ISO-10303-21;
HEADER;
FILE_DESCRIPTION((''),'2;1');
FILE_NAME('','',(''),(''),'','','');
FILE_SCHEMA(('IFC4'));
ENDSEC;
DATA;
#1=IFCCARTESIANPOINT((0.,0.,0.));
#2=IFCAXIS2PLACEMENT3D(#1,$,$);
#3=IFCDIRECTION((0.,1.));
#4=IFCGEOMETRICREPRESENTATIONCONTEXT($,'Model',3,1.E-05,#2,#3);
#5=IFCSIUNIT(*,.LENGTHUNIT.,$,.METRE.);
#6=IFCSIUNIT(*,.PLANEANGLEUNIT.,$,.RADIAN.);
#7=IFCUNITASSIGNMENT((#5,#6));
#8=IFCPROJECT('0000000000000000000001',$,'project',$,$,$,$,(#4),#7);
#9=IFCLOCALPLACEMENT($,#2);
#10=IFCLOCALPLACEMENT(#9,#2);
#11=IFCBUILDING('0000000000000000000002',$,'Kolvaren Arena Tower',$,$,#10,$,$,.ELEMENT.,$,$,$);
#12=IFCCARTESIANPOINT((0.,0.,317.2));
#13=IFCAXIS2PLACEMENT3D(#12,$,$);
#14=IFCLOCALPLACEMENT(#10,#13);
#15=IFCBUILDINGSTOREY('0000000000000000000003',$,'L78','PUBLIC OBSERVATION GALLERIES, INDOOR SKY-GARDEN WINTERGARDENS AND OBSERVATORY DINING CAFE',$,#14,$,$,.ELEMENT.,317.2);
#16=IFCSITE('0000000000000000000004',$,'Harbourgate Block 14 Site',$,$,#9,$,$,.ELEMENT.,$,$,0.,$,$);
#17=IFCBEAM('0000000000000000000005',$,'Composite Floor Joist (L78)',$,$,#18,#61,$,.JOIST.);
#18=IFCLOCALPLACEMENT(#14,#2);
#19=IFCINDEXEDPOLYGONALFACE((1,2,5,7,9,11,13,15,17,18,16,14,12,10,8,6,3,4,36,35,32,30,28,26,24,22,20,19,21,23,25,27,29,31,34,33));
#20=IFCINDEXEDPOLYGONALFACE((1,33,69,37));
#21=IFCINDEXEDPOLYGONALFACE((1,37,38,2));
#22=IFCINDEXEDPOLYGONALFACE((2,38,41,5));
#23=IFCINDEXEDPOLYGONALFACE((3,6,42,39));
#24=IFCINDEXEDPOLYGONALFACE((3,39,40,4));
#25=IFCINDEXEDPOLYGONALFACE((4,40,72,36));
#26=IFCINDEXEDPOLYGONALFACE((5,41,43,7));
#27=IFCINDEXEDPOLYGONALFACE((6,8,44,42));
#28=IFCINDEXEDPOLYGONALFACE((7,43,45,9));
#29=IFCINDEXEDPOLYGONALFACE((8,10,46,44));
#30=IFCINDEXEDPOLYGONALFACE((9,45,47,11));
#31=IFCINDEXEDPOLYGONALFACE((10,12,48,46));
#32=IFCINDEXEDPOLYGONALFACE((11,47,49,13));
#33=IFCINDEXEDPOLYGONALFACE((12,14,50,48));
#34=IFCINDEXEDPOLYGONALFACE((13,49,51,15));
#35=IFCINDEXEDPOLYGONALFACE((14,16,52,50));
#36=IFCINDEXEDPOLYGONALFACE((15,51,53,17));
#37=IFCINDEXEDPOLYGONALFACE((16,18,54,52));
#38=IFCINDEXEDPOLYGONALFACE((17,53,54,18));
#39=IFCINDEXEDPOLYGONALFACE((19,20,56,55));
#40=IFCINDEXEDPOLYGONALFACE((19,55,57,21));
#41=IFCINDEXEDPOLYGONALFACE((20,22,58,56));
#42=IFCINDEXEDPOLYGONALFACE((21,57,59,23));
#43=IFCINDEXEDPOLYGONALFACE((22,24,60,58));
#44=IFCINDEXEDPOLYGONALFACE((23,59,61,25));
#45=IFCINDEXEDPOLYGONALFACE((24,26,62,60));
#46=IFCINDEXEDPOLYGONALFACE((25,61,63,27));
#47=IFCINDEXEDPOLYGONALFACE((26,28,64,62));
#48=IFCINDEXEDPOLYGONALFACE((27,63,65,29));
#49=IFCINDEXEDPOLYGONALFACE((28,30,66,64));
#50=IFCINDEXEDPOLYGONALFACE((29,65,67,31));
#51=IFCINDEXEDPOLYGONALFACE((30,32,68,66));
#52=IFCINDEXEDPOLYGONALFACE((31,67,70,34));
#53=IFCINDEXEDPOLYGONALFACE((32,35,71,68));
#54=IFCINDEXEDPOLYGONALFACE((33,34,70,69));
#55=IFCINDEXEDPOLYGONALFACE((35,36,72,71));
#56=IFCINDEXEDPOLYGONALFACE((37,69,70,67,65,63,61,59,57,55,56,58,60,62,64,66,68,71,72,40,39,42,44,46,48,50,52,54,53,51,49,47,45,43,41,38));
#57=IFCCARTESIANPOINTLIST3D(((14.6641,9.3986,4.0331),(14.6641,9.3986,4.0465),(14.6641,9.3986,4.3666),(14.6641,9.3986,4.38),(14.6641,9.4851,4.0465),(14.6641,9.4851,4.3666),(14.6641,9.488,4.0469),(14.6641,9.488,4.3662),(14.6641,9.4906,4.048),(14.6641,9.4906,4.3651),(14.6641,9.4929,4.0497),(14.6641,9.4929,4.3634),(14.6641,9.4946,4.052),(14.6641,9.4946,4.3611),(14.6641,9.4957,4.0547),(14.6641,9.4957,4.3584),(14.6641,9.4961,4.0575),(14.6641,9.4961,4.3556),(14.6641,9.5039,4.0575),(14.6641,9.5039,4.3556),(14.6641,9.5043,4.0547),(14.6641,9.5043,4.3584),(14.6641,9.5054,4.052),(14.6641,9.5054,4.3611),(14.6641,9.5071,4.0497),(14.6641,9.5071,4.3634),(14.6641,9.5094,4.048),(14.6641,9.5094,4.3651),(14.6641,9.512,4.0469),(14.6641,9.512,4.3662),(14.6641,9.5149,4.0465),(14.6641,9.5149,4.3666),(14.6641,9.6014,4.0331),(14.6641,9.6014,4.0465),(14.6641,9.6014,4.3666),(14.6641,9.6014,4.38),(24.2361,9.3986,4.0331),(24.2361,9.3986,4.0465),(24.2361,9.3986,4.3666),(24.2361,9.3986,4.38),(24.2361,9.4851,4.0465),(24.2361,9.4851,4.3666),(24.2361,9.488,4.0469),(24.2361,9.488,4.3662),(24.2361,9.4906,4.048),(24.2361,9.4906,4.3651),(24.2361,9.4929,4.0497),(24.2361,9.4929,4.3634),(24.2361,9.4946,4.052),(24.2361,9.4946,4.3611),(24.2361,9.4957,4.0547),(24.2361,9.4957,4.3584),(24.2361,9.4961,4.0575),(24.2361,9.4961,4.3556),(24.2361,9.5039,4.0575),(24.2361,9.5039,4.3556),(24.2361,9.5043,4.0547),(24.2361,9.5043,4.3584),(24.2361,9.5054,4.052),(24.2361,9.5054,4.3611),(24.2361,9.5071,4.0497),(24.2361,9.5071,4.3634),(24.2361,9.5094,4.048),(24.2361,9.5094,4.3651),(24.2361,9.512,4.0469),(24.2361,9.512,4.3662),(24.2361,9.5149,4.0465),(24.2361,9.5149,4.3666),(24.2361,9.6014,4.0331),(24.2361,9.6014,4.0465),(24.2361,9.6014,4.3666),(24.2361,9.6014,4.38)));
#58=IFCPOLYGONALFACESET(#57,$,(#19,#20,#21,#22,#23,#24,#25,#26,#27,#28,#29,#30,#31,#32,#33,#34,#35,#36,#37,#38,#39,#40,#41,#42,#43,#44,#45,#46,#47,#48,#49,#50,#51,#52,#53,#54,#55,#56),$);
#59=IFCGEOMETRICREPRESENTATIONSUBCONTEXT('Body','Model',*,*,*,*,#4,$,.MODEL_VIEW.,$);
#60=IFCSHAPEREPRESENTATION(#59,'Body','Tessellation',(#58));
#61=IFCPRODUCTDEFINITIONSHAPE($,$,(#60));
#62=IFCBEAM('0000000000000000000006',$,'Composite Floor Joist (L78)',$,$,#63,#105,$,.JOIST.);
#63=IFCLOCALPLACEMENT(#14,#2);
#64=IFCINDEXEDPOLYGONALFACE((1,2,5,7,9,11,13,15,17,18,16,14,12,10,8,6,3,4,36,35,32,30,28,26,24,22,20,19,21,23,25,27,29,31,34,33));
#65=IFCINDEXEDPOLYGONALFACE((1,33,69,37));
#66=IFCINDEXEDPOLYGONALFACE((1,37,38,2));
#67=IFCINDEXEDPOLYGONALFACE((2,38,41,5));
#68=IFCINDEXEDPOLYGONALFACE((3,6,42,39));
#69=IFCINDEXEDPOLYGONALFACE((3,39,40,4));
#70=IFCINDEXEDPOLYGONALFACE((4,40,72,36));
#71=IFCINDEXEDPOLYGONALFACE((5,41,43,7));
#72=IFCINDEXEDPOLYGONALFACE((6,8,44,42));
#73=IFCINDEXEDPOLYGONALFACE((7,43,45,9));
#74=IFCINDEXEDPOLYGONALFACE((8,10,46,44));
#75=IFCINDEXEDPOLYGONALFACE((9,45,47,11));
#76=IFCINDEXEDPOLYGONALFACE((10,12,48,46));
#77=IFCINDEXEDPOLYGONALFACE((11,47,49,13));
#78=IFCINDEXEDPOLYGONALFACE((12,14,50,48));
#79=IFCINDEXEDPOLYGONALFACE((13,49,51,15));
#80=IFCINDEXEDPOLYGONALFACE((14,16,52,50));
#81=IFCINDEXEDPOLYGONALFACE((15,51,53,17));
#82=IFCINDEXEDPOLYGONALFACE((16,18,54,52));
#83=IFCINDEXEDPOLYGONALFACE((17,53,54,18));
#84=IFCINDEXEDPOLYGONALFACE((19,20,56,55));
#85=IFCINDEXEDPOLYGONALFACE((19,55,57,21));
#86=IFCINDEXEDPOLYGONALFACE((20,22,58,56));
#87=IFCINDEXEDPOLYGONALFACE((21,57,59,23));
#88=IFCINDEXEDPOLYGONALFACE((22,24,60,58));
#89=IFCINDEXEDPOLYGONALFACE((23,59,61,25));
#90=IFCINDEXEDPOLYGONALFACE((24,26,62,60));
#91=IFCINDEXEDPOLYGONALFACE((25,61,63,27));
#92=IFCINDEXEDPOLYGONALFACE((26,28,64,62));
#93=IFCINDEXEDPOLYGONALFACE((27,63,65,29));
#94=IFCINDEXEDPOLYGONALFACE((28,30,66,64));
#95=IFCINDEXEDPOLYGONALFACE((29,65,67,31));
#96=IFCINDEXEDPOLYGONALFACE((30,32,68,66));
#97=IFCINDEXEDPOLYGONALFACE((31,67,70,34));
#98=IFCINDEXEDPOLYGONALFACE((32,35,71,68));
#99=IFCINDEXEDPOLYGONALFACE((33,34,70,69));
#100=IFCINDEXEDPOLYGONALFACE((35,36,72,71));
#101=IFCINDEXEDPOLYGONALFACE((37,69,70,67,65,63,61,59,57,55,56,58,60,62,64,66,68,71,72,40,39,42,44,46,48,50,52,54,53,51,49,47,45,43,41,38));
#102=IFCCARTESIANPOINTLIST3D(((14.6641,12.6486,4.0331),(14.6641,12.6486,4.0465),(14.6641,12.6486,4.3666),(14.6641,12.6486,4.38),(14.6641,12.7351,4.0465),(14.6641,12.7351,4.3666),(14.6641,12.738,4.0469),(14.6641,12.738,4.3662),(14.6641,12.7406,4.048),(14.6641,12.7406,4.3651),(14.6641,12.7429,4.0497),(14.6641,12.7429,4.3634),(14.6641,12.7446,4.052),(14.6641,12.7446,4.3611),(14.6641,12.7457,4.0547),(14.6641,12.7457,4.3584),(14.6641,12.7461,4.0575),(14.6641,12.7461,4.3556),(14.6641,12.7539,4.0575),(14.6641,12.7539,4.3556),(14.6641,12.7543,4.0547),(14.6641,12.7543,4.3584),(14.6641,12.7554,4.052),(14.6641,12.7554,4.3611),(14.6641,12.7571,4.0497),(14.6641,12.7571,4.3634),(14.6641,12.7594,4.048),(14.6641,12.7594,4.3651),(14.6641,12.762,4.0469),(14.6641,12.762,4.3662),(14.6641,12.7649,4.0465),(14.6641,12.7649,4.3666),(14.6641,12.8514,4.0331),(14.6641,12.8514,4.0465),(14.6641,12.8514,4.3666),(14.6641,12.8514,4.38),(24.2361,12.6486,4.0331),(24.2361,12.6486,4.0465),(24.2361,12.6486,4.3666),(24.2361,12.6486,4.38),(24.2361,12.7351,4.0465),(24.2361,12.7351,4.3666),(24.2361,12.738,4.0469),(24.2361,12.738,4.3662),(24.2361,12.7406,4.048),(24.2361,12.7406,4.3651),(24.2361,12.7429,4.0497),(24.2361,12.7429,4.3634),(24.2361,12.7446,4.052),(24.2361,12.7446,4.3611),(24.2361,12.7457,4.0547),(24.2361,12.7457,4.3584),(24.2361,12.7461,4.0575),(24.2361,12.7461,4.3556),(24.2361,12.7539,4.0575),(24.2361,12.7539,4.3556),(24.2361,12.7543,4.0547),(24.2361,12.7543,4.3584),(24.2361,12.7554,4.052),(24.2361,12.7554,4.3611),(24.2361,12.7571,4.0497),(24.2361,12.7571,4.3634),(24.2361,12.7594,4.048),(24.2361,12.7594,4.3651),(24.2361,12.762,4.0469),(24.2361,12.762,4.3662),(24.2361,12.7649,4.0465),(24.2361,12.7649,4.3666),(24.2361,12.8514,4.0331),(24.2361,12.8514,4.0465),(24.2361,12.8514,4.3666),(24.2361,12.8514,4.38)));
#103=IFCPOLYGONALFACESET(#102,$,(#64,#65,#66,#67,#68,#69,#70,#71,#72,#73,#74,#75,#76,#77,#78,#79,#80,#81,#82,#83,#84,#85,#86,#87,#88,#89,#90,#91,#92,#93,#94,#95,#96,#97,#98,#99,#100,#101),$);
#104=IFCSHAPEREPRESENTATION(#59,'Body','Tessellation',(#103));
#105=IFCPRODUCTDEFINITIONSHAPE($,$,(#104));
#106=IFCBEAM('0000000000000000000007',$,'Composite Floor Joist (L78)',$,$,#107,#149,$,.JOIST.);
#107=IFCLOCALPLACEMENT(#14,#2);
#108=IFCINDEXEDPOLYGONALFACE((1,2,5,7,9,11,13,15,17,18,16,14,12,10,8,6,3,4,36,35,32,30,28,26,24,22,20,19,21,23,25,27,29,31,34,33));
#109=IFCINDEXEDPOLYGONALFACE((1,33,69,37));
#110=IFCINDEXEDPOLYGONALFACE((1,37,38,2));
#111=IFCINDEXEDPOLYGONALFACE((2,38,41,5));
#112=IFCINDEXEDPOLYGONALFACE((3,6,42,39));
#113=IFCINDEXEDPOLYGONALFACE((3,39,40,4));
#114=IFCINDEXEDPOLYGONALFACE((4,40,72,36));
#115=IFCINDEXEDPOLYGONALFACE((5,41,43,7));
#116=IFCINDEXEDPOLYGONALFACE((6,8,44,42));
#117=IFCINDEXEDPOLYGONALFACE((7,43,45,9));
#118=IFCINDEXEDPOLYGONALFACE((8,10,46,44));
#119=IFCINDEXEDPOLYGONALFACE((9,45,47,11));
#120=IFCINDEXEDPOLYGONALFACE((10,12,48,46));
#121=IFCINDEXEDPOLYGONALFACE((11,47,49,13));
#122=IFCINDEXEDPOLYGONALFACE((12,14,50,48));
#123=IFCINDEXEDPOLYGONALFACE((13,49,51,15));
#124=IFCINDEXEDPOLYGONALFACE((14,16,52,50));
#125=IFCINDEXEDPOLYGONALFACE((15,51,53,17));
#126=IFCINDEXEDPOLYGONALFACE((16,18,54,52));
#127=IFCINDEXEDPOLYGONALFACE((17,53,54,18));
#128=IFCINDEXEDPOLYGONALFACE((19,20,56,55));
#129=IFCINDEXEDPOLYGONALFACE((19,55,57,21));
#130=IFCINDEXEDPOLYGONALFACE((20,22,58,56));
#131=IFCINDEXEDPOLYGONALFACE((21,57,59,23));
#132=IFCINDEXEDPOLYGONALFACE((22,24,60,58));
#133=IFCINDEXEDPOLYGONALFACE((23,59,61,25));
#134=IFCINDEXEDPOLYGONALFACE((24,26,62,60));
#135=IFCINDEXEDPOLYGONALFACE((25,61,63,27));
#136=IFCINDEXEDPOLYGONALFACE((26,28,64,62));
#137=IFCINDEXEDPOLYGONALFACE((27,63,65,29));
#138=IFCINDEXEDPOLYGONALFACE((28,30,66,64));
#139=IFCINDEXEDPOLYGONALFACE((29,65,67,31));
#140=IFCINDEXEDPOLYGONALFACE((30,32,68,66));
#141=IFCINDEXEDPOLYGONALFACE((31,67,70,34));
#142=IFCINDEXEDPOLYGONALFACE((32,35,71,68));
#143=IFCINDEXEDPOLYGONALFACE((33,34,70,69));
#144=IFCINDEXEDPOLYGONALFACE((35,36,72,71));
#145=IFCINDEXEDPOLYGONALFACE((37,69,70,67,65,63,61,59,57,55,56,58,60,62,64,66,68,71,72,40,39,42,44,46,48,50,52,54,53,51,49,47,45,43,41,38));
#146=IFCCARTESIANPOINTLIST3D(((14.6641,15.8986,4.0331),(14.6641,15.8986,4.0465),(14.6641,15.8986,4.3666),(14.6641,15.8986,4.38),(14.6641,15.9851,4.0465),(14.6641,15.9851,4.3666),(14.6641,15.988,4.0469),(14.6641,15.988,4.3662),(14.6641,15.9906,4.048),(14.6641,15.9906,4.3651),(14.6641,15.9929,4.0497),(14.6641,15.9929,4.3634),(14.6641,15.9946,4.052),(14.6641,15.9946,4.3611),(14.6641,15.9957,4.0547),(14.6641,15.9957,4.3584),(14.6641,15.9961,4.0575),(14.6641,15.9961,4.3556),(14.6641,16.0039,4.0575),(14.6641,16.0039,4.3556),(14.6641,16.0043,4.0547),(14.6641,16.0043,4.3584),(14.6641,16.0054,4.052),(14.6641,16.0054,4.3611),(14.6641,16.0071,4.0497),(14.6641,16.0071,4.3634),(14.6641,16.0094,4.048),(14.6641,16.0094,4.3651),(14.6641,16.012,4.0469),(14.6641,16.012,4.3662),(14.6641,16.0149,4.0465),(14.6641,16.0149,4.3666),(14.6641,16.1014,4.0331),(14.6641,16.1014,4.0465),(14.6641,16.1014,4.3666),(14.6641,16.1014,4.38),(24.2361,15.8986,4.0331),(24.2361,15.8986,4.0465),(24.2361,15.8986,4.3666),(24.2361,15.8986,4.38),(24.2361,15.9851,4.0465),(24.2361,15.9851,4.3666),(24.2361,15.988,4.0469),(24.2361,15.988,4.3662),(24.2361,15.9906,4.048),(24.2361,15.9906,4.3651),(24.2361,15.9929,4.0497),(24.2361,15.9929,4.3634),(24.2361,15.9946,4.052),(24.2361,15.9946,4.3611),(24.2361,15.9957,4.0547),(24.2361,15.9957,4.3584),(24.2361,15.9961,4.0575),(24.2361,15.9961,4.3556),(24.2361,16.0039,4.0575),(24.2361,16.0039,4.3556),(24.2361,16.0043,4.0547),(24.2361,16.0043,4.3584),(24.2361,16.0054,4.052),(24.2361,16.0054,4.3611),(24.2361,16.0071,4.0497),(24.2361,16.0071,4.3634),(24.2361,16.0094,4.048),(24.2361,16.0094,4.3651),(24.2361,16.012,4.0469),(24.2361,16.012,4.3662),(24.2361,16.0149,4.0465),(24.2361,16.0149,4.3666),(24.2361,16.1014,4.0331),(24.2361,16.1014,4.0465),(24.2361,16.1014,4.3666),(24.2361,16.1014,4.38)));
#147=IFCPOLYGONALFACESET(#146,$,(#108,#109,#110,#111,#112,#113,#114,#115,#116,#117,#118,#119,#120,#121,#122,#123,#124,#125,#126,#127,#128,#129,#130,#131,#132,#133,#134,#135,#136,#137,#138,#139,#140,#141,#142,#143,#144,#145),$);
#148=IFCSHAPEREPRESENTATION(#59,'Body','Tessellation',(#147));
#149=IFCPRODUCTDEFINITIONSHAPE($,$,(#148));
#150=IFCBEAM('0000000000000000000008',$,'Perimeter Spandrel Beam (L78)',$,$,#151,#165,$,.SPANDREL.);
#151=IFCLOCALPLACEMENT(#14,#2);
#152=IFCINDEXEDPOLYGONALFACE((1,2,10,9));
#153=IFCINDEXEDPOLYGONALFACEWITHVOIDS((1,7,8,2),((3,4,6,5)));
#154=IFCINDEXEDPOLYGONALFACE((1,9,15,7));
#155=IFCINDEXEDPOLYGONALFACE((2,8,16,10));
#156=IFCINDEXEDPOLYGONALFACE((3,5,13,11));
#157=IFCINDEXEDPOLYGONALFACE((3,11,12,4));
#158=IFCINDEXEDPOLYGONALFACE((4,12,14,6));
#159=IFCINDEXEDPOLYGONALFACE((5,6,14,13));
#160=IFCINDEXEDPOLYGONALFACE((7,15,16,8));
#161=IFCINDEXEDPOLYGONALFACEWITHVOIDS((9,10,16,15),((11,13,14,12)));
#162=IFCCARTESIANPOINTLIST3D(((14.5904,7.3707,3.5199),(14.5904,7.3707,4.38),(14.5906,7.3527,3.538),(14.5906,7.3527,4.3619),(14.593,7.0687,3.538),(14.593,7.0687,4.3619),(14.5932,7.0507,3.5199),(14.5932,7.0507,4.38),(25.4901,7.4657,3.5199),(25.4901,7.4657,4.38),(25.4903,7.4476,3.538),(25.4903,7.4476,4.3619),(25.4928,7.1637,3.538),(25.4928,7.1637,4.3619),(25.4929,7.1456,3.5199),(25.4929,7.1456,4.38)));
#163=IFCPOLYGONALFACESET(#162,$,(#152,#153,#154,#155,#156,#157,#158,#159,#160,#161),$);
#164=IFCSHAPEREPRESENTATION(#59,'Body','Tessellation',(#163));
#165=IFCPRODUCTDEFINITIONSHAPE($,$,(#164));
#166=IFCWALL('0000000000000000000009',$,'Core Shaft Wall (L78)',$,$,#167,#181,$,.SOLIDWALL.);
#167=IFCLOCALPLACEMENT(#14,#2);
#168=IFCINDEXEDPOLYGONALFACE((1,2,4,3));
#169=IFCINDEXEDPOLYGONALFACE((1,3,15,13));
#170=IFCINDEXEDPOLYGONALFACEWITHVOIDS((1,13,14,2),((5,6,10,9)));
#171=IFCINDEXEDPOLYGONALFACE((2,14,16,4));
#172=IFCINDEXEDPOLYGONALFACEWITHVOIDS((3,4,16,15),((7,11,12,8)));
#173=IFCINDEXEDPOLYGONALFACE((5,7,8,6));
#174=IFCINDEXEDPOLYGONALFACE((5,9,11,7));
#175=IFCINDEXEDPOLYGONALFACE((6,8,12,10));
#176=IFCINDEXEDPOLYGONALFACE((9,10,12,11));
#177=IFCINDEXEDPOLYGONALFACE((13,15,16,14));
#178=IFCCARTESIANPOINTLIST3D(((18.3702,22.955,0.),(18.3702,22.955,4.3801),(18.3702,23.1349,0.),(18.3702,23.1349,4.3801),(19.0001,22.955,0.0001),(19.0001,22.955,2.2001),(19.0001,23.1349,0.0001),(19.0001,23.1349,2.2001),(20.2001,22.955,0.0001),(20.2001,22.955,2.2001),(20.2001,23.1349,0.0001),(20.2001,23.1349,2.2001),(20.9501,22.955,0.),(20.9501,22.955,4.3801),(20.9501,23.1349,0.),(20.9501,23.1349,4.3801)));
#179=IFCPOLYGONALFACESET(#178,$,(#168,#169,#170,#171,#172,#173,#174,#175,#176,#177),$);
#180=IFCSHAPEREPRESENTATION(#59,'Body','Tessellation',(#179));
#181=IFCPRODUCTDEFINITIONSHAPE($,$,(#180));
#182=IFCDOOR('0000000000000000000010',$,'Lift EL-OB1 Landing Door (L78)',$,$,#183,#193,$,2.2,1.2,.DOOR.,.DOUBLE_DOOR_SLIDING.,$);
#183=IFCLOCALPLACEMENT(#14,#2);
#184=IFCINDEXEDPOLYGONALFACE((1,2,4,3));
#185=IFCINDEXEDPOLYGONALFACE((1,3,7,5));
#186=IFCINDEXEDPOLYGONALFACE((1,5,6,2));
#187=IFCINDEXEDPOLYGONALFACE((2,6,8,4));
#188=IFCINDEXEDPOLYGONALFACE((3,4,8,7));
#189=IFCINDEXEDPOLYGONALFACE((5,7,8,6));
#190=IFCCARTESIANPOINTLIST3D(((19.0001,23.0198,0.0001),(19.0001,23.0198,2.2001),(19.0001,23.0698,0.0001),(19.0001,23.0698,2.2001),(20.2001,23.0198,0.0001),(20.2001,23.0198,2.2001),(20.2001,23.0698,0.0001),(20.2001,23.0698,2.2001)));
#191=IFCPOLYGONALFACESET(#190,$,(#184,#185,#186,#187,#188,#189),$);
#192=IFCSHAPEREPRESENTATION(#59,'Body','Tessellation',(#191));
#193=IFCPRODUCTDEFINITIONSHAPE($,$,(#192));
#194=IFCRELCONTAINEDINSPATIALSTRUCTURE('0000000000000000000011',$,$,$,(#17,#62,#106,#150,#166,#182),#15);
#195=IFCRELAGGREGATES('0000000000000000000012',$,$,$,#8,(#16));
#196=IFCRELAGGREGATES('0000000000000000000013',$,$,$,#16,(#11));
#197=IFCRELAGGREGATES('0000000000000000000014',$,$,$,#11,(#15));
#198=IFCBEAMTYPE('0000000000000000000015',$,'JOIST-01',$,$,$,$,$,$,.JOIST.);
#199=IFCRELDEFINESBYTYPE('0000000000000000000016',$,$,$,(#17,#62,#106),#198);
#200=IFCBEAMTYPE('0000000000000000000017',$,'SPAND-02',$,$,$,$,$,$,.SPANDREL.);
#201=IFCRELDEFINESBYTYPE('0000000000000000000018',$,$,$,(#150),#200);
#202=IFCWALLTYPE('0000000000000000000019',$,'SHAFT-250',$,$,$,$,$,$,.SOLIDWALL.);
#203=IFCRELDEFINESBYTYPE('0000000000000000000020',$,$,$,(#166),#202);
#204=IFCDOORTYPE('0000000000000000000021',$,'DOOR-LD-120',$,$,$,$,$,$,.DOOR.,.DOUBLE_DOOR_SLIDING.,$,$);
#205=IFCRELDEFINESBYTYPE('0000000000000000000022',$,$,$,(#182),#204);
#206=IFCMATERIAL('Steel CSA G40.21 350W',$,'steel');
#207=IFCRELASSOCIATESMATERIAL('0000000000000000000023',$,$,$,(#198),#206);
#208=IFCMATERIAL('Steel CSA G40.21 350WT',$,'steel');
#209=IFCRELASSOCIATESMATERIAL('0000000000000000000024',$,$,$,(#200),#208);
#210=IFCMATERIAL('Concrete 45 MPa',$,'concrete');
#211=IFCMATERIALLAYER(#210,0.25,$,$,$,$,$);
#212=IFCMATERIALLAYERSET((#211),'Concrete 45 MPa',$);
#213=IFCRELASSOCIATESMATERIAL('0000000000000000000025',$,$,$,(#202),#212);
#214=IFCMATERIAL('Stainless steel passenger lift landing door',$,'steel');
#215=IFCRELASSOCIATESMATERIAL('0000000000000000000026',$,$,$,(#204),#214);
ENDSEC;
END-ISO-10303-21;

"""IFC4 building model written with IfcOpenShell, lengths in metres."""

from ifc_helpers import new_model, si_unit, direction, frame, frame_2d, origin, origin_2d, place, context, subcontext, project, spatial, rectangle, hollow_rectangle, i_section, extrude, material, layer, layer_set, material_profile, profile_set, type_object, element, fill, save


model = new_model("IFC4")

# Units and contexts
model_context = context("Model", 3, precision=1e-05, world=origin(), true_north=direction((0.0, 1.0)))
body_context = subcontext(model_context, "Body", "Model", "MODEL_VIEW")
ifc_project = project(units=[si_unit("LENGTHUNIT", "METRE"), si_unit("PLANEANGLEUNIT", "RADIAN")], contexts=[model_context])

# Site, building, storey
site_placement = place(None, origin())
site = spatial("IfcSite", under=ifc_project, at=site_placement, Name="Harbourgate Block 14 Site", CompositionType="ELEMENT", RefElevation=0.0)
building_placement = place(site_placement, origin())
building = spatial("IfcBuilding", under=site, at=building_placement, Name="Kolvaren Arena Tower", CompositionType="ELEMENT")
storey_placement = place(building_placement, frame((0.0, 0.0, 317.2)))
storey = spatial("IfcBuildingStorey", under=building, at=storey_placement, Name="L78", Description="PUBLIC OBSERVATION GALLERIES, INDOOR SKY-GARDEN WINTERGARDENS AND OBSERVATORY DINING CAFE", CompositionType="ELEMENT", Elevation=317.2)

# Beams
ifc_material_1 = material(Name="Steel CSA G40.21 350W", Category="steel")
ifc_material_profile_1 = material_profile(ifc_material_1, i_section(OverallWidth=0.2029, OverallDepth=0.3469, WebThickness=0.0078, FlangeThickness=0.0134, FilletRadius=0.011, at=origin_2d()), Name="W360x64")
ifc_profile_set_1 = profile_set([ifc_material_profile_1], Name="Steel CSA G40.21 350W")
beam_type_1 = type_object("IfcBeamType", Name="JOIST-01", PredefinedType="JOIST", material=ifc_profile_set_1)
for number, where, z_axis, x_axis, name in (
    (1, (14.6641, 9.5, 4.2065), (1.0, 0.0, 0.0), (0.0, 1.0, 0.0), "Composite Floor Joist (L78)"),
    (2, (14.6641, 12.75, 4.2065), (1.0, 0.0, 0.0), (0.0, 1.0, 0.0), "Composite Floor Joist (L78)"),
    (3, (14.6641, 16.0, 4.2065), (1.0, 0.0, 0.0), (0.0, 1.0, 0.0), "Composite Floor Joist (L78)"),
):
    element("IfcBeam", number, at=place(storey_placement, frame(where, z_axis=z_axis, x_axis=x_axis)), inside=storey, type_object=beam_type_1, Name=name, PredefinedType="JOIST", context=body_context, shape_type="SweptSolid", body=[
        extrude(i_section(OverallWidth=0.2029, OverallDepth=0.3469, WebThickness=0.0078, FlangeThickness=0.0134, FilletRadius=0.011, at=origin_2d()), origin(), (0.0, 0.0, 1.0), 9.572),
    ])
ifc_material_2 = material(Name="Steel CSA G40.21 350WT", Category="steel")
ifc_material_profile_2 = material_profile(ifc_material_2, hollow_rectangle(XDim=0.3201, YDim=0.8601, WallThickness=0.0181, at=origin_2d()), Name="HSS 860x320x18")
ifc_profile_set_2 = profile_set([ifc_material_profile_2], Name="Steel CSA G40.21 350WT")
beam_type_2 = type_object("IfcBeamType", Name="SPAND-02", PredefinedType="SPANDREL", material=ifc_profile_set_2)
beam_1_placement = place(storey_placement, frame((14.5918, 7.2107, 3.95), z_axis=(0.999962, 0.008713, 0.0), x_axis=(-0.008713, 0.999962, 0.0)))
element("IfcBeam", 4, at=beam_1_placement, inside=storey, type_object=beam_type_2, Name="Perimeter Spandrel Beam (L78)", PredefinedType="SPANDREL", context=body_context, shape_type="SweptSolid", body=[
    extrude(hollow_rectangle(XDim=0.3201, YDim=0.8601, WallThickness=0.0181, at=origin_2d()), origin(), (0.0, 0.0, 1.0), 10.9001),
])

# Wall, opening, door
ifc_material_3 = material(Name="Concrete 45 MPa", Category="concrete")
ifc_layer_1 = layer(ifc_material_3, 0.25)
ifc_layer_set_1 = layer_set([ifc_layer_1], Name="Concrete 45 MPa")
wall_type_1 = type_object("IfcWallType", Name="SHAFT-250", PredefinedType="SOLIDWALL", material=ifc_layer_set_1)
wall_1_placement = place(storey_placement, frame((18.3701, 23.0449, 0.0), z_axis=(0.0, 0.0, 1.0), x_axis=(1.0, 0.0, 0.0)))
wall_1 = element("IfcWall", 5, at=wall_1_placement, inside=storey, type_object=wall_type_1, Name="Core Shaft Wall (L78)", PredefinedType="SOLIDWALL", context=body_context, shape_type="SweptSolid", body=[
    extrude(rectangle(XDim=2.5798, YDim=0.1799, at=frame_2d((1.29, 0.0))), origin(), (0.0, 0.0, 1.0), 4.3801),
])
opening_1_placement = place(wall_1_placement, frame((0.6299, 0.0, 0.0)))
opening_1 = element("IfcOpeningElement", 6, at=opening_1_placement, cuts=wall_1, PredefinedType="OPENING", context=body_context, shape_type="SweptSolid", body=[
    extrude(rectangle(XDim=1.2, YDim=2.2, at=frame_2d((0.6001, 1.1001))), frame((0.0, 0.0999, 0.0), z_axis=(0.0, -1.0, 0.0), x_axis=(1.0, 0.0, 0.0)), (0.0, 0.0, 1.0), 0.2),
])
ifc_material_4 = material(Name="Stainless steel passenger lift landing door", Category="steel")
door_type_1 = type_object("IfcDoorType", Name="DOOR-LD-120", OperationType="DOUBLE_DOOR_SLIDING", PredefinedType="DOOR", material=ifc_material_4)
door_1_placement = place(opening_1_placement, origin())
door_1 = element("IfcDoor", 7, at=door_1_placement, inside=storey, type_object=door_type_1, Name="Lift EL-OB1 Landing Door (L78)", OperationType="DOUBLE_DOOR_SLIDING", OverallHeight=2.2, OverallWidth=1.2, PredefinedType="DOOR", context=body_context, shape_type="SweptSolid", body=[
    extrude(rectangle(XDim=1.2, YDim=2.2, at=frame_2d((0.6001, 1.1001))), frame((0.0, 0.0249, 0.0), z_axis=(0.0, -1.0, 0.0), x_axis=(1.0, 0.0, 0.0)), (0.0, 0.0, 1.0), 0.05),
])
fill(opening_1, door_1)

save(model, "model.ifc")
